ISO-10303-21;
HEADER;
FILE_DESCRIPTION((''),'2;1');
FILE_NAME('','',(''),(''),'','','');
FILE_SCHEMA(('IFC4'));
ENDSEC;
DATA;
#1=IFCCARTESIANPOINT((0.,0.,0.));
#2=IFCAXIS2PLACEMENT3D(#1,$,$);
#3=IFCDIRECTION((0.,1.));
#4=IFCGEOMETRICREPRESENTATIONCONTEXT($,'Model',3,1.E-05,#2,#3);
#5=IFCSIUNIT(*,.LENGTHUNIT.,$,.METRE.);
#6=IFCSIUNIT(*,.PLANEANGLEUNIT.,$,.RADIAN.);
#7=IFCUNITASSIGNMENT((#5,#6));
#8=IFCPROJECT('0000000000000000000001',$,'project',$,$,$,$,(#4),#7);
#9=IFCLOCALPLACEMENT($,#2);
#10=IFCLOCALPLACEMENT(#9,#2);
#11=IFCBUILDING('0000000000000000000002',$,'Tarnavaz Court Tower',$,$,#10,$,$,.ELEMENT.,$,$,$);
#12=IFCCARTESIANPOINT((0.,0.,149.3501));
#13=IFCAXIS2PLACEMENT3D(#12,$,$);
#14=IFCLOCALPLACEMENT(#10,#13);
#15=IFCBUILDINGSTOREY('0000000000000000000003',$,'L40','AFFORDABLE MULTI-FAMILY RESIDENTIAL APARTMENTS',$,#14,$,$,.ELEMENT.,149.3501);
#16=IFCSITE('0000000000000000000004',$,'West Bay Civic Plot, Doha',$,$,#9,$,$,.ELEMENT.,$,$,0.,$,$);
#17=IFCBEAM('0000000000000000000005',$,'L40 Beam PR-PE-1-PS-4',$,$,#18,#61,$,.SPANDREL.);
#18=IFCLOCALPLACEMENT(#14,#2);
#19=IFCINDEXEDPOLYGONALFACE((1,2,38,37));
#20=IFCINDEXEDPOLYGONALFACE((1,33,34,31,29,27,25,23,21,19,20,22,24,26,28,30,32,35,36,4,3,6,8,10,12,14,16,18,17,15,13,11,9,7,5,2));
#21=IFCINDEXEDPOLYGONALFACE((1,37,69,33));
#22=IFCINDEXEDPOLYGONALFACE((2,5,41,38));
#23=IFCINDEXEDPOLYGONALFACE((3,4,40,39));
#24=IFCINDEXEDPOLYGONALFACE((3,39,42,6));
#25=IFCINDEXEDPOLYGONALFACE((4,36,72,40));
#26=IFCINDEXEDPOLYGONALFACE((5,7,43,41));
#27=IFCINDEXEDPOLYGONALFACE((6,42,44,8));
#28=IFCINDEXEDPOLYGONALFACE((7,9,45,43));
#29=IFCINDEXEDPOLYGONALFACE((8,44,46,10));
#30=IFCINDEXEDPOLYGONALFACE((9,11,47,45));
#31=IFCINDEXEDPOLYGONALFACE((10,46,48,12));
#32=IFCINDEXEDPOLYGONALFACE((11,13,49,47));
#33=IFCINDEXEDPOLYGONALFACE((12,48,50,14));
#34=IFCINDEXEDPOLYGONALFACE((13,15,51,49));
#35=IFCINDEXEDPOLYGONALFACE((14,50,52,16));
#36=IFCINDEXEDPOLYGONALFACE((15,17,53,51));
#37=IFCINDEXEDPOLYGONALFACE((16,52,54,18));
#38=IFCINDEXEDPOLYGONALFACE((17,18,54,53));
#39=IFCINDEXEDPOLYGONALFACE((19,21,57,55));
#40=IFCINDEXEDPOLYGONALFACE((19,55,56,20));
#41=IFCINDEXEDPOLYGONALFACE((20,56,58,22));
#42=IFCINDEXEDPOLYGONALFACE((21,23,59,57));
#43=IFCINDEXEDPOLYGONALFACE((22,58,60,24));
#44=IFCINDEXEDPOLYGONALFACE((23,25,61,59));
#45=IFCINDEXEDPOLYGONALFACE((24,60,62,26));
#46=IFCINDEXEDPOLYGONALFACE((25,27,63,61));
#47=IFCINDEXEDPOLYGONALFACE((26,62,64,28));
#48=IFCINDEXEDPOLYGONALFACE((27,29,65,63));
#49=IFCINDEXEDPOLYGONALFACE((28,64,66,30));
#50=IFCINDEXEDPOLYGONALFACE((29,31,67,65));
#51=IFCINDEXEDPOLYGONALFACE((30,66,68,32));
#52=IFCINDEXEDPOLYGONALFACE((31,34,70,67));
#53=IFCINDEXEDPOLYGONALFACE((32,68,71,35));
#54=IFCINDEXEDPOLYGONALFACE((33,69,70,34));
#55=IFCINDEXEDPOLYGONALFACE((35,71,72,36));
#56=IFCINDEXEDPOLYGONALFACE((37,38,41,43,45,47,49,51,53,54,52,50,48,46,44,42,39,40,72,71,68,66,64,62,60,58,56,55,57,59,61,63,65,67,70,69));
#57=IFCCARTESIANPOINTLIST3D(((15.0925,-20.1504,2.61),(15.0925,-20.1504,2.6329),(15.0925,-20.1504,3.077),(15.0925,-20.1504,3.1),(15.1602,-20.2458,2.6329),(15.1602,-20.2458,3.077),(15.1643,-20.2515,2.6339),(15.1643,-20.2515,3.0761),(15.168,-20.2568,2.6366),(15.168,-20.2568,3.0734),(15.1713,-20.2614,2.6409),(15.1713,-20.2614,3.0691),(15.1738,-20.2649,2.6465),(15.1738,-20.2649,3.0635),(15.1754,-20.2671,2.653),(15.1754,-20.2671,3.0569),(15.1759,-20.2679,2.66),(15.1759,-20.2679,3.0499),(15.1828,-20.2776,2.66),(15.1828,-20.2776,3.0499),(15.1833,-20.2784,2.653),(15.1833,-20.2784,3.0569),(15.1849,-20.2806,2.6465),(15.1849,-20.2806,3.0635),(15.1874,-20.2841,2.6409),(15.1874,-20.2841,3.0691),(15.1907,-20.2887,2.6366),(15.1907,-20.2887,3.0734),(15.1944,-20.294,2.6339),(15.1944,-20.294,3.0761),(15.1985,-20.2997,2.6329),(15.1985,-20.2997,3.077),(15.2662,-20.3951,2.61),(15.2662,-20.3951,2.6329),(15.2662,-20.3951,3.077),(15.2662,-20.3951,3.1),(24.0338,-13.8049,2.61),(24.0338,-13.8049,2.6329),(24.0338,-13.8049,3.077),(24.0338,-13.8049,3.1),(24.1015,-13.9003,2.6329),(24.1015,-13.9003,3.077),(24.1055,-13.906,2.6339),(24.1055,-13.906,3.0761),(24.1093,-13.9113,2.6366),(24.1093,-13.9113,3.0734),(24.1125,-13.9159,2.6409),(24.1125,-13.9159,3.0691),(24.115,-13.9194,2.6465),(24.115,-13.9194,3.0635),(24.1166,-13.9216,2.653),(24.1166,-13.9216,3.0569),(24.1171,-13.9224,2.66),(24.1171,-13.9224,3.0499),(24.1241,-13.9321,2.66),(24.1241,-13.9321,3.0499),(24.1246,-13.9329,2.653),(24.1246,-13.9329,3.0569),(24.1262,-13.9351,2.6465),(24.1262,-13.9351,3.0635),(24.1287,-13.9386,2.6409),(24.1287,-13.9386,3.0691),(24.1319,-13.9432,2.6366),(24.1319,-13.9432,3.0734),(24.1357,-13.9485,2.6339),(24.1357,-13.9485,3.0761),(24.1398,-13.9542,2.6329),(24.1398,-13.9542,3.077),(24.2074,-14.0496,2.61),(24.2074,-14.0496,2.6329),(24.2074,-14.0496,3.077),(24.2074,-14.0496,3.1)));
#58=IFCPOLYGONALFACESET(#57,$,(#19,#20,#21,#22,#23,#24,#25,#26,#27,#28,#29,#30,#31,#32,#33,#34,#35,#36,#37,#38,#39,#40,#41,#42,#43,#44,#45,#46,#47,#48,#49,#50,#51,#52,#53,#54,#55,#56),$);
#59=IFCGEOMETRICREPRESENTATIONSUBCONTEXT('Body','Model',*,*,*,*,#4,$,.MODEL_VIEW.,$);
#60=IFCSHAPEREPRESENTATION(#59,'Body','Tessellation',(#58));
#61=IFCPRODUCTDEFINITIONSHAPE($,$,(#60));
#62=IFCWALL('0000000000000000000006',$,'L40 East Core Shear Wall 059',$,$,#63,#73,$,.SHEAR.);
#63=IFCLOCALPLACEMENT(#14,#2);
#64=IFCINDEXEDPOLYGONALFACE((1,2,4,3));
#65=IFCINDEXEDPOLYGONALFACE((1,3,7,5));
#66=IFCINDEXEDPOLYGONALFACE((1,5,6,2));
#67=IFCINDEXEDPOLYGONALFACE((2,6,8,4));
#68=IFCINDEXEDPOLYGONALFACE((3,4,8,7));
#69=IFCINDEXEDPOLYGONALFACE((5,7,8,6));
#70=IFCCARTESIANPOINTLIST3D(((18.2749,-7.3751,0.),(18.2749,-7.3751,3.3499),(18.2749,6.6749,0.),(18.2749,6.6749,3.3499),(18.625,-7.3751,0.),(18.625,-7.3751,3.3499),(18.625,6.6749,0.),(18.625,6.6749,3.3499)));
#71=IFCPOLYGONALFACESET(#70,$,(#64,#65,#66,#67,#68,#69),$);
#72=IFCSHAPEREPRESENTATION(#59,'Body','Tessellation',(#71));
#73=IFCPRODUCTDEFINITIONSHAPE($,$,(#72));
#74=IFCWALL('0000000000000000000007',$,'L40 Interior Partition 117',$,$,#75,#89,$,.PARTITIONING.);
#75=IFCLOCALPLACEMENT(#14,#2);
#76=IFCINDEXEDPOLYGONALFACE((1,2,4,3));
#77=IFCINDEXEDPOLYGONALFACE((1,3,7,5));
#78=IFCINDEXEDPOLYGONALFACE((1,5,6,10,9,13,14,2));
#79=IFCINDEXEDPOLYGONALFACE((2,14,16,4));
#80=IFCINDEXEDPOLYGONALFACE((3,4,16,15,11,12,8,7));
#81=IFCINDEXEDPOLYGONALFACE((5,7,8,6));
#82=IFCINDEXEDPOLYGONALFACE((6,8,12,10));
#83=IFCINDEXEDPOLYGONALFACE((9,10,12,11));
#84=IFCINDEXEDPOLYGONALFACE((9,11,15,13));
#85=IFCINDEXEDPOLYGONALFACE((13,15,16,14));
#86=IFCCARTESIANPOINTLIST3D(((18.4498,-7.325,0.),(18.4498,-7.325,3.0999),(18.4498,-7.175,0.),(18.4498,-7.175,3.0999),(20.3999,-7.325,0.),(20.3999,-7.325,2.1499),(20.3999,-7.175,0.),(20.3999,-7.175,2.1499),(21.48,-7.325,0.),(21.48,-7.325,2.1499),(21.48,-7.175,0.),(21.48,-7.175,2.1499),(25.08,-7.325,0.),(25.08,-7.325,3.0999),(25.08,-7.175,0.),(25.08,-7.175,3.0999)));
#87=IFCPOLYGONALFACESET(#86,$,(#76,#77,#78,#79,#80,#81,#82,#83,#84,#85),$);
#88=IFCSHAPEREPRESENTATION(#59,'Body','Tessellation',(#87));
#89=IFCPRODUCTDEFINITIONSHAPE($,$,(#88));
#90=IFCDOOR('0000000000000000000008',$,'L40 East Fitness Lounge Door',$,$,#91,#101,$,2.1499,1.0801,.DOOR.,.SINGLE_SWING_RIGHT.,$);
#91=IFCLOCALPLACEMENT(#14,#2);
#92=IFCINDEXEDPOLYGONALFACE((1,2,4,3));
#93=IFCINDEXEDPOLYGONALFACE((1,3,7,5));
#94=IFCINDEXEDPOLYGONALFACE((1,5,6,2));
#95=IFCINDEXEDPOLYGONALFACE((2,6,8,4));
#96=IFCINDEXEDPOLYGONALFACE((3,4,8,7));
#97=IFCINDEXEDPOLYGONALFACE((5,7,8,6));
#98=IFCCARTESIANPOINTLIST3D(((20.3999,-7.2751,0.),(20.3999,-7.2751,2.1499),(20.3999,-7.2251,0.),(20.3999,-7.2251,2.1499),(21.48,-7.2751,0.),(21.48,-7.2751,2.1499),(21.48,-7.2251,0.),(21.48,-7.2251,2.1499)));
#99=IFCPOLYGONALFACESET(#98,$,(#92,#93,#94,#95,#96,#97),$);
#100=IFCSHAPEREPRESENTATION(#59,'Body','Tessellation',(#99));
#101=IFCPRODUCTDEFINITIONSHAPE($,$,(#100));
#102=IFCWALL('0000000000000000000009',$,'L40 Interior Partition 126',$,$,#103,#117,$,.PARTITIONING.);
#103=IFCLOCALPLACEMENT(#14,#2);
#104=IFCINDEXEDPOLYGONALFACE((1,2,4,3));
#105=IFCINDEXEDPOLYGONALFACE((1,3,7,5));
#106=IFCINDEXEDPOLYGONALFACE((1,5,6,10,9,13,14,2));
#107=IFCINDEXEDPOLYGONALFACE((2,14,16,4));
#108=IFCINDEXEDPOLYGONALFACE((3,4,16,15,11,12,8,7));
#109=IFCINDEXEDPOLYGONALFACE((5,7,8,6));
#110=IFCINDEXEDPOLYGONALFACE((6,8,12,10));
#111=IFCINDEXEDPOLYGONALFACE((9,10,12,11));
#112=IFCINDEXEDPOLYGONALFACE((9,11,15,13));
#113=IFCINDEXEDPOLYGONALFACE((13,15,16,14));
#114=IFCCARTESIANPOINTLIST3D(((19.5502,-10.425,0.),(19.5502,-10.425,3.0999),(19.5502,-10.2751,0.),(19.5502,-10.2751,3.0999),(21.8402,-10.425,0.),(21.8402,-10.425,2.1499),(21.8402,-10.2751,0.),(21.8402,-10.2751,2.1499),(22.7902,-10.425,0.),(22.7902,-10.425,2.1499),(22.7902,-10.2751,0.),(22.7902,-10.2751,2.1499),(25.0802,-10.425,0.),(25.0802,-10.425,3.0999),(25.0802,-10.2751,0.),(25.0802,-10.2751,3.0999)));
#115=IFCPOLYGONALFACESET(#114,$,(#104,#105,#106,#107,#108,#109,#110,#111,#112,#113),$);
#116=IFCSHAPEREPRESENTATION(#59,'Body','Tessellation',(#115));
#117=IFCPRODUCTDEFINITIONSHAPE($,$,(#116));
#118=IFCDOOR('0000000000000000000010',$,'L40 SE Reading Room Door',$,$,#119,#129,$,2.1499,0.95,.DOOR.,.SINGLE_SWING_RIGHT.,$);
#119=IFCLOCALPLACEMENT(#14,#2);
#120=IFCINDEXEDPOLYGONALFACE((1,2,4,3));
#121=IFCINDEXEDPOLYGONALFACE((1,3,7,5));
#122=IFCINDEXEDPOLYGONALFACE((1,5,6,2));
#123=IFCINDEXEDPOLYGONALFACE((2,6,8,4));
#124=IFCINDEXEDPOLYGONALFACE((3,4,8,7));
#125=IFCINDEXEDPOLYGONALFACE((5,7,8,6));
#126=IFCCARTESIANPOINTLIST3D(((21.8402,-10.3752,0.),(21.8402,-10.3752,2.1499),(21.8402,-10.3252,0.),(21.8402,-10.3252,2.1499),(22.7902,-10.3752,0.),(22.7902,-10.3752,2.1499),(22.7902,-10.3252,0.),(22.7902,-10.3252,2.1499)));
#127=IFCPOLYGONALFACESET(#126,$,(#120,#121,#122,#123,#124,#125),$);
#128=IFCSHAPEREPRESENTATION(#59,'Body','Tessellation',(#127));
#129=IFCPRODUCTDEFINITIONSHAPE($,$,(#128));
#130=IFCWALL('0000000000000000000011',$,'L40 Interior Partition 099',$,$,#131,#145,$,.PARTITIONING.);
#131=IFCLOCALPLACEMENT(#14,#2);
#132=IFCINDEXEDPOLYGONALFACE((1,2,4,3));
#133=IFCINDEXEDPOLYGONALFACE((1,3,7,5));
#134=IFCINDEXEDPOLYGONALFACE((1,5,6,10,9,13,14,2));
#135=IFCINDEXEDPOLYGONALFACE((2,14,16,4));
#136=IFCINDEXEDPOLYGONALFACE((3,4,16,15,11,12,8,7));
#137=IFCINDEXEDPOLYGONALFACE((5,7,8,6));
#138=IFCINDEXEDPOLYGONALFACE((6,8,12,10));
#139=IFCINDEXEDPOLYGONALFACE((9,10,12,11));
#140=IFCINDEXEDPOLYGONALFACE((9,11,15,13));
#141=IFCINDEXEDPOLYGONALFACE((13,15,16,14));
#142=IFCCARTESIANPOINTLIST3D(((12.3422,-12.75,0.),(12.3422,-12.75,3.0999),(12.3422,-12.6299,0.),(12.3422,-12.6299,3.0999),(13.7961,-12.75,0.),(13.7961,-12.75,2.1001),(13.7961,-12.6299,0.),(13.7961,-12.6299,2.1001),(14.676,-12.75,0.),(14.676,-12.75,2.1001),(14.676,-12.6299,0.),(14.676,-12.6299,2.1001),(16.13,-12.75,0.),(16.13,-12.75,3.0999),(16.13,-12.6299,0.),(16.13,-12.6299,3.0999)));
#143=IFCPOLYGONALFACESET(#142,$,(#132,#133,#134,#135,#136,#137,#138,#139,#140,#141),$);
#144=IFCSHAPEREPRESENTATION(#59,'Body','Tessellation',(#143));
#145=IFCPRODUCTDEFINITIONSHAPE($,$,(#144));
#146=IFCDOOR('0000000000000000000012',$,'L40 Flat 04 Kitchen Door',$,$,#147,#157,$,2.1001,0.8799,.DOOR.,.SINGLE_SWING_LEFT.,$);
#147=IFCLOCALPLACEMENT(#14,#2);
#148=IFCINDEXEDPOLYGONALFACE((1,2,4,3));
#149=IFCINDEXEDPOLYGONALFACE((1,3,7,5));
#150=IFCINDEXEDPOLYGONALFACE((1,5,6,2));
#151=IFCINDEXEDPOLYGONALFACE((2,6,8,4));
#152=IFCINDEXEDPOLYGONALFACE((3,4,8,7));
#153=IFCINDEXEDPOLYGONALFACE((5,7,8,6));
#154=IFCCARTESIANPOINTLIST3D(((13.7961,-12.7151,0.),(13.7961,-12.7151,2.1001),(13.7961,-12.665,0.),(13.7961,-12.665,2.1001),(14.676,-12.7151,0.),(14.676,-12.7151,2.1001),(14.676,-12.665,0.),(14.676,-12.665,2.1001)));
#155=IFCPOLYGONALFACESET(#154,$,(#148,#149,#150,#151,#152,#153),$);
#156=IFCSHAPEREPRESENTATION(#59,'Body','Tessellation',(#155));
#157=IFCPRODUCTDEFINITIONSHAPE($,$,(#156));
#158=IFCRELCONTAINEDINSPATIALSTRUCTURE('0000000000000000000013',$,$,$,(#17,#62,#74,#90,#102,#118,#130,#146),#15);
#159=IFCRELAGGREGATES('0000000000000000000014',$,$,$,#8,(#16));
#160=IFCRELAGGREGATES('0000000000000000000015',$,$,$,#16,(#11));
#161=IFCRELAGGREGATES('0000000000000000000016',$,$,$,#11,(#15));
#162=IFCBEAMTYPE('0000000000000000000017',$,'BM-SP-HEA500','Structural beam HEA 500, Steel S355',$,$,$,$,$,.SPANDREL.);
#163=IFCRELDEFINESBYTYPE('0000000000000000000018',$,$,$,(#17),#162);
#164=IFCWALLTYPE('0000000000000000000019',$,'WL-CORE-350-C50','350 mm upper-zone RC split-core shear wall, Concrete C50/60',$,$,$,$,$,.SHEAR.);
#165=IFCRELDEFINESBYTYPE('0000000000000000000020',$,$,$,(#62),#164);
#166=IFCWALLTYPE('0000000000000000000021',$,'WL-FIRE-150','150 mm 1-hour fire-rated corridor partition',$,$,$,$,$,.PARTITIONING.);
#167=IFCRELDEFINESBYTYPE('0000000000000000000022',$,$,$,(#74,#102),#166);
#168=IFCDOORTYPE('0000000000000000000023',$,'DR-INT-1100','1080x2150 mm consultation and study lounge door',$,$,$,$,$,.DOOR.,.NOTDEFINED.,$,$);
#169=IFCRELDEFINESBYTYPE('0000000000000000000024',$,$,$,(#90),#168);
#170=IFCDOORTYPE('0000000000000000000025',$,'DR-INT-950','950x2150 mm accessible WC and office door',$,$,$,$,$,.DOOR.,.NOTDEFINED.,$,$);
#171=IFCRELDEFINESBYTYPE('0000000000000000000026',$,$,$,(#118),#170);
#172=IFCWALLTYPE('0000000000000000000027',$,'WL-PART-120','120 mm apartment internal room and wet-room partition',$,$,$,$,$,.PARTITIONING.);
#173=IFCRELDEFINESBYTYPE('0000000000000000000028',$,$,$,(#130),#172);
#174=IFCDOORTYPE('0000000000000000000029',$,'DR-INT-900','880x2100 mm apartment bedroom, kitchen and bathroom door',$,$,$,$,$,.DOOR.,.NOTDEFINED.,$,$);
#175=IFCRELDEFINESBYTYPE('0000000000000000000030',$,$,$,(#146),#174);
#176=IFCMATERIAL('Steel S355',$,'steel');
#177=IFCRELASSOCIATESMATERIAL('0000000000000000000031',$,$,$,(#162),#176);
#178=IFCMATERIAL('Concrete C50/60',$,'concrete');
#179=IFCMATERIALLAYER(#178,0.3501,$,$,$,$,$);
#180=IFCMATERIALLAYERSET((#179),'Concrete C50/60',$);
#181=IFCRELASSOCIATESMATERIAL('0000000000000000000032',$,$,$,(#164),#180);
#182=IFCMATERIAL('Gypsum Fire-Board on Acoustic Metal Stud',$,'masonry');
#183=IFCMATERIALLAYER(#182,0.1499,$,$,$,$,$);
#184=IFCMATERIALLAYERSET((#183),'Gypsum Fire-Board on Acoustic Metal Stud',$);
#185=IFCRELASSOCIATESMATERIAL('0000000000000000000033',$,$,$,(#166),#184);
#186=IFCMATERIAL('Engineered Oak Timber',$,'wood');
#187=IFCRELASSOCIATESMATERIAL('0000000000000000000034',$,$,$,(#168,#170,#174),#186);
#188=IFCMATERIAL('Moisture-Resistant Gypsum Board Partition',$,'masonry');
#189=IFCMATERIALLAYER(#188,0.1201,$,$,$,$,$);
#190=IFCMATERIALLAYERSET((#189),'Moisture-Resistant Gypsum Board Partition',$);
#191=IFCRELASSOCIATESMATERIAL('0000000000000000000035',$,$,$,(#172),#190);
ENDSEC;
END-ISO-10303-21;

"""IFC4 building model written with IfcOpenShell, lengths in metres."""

from ifc_helpers import new_model, si_unit, direction, frame, frame_2d, origin, origin_2d, place, context, subcontext, project, spatial, rectangle, i_section, extrude, material, layer, layer_set, material_profile, profile_set, type_object, element, fill, save


model = new_model("IFC4")

# Units and contexts
model_context = context("Model", 3, precision=1e-05, world=origin(), true_north=direction((0.0, 1.0)))
body_context = subcontext(model_context, "Body", "Model", "MODEL_VIEW")
ifc_project = project(units=[si_unit("LENGTHUNIT", "METRE"), si_unit("PLANEANGLEUNIT", "RADIAN")], contexts=[model_context])

# Site, building, storey
site_placement = place(None, origin())
site = spatial("IfcSite", under=ifc_project, at=site_placement, Name="West Bay Civic Plot, Doha", CompositionType="ELEMENT", RefElevation=0.0)
building_placement = place(site_placement, origin())
building = spatial("IfcBuilding", under=site, at=building_placement, Name="Tarnavaz Court Tower", CompositionType="ELEMENT")
storey_placement = place(building_placement, frame((0.0, 0.0, 149.3501)))
storey = spatial("IfcBuildingStorey", under=building, at=storey_placement, Name="L40", Description="AFFORDABLE MULTI-FAMILY RESIDENTIAL APARTMENTS", CompositionType="ELEMENT", Elevation=149.3501)

# Shared definitions
ifc_material_1 = material(Name="Concrete C50/60", Category="concrete")

# Beam
ifc_material_2 = material(Name="Steel S355", Category="steel")
ifc_material_profile_1 = material_profile(ifc_material_2, i_section(OverallWidth=0.3, OverallDepth=0.49, WebThickness=0.012, FlangeThickness=0.0229, FilletRadius=0.0271, at=origin_2d()), Name="HEA 500")
ifc_profile_set_1 = profile_set([ifc_material_profile_1], Name="Steel S355")
beam_type_1 = type_object("IfcBeamType", Name="BM-SP-HEA500", Description="Structural beam HEA 500, Steel S355", PredefinedType="SPANDREL", material=ifc_profile_set_1)
beam_1_placement = place(storey_placement, frame((24.1206, -13.9272, 2.855), z_axis=(-0.815502, -0.578754, 0.0), x_axis=(0.578754, -0.815502, 0.0)))
element("IfcBeam", 1, at=beam_1_placement, inside=storey, type_object=beam_type_1, Name="L40 Beam PR-PE-1-PS-4", PredefinedType="SPANDREL", context=body_context, shape_type="SweptSolid", body=[
    extrude(i_section(OverallWidth=0.3, OverallDepth=0.49, WebThickness=0.012, FlangeThickness=0.0229, FilletRadius=0.0271, at=origin_2d()), origin(), (0.0, 0.0, 1.0), 10.9641),
])

# Wall
ifc_layer_1 = layer(ifc_material_1, 0.3501)
ifc_layer_set_1 = layer_set([ifc_layer_1], Name="Concrete C50/60")
wall_type_1 = type_object("IfcWallType", Name="WL-CORE-350-C50", Description="350 mm upper-zone RC split-core shear wall, Concrete C50/60", PredefinedType="SHEAR", material=ifc_layer_set_1)
wall_1_placement = place(storey_placement, frame((18.45, -7.375, 0.0), z_axis=(0.0, 0.0, 1.0), x_axis=(0.0, 1.0, 0.0)))
element("IfcWall", 2, at=wall_1_placement, inside=storey, type_object=wall_type_1, Name="L40 East Core Shear Wall 059", PredefinedType="SHEAR", context=body_context, shape_type="SweptSolid", body=[
    extrude(rectangle(XDim=14.05, YDim=0.3501, at=frame_2d((7.0249, 0.0))), origin(), (0.0, 0.0, 1.0), 3.3499),
])

# Walls, openings, doors
ifc_material_3 = material(Name="Gypsum Fire-Board on Acoustic Metal Stud", Category="masonry")
ifc_layer_2 = layer(ifc_material_3, 0.1499)
ifc_layer_set_2 = layer_set([ifc_layer_2], Name="Gypsum Fire-Board on Acoustic Metal Stud")
wall_type_2 = type_object("IfcWallType", Name="WL-FIRE-150", Description="150 mm 1-hour fire-rated corridor partition", PredefinedType="PARTITIONING", material=ifc_layer_set_2)
wall_2_placement = place(storey_placement, frame((18.45, -7.25, 0.0), z_axis=(0.0, 0.0, 1.0), x_axis=(1.0, 0.0, 0.0)))
wall_2 = element("IfcWall", 3, at=wall_2_placement, inside=storey, type_object=wall_type_2, Name="L40 Interior Partition 117", PredefinedType="PARTITIONING", context=body_context, shape_type="SweptSolid", body=[
    extrude(rectangle(XDim=6.6301, YDim=0.1499, at=frame_2d((3.3149, 0.0))), origin(), (0.0, 0.0, 1.0), 3.0999),
])
opening_1_placement = place(wall_2_placement, frame((1.95, 0.0, 0.0)))
opening_1 = element("IfcOpeningElement", 4, at=opening_1_placement, cuts=wall_2, PredefinedType="OPENING", context=body_context, shape_type="SweptSolid", body=[
    extrude(rectangle(XDim=1.0801, YDim=2.1499, at=frame_2d((0.54, 1.075))), frame((0.0, 0.085, 0.0), z_axis=(0.0, -1.0, 0.0), x_axis=(1.0, 0.0, 0.0)), (0.0, 0.0, 1.0), 0.1699),
])
ifc_material_4 = material(Name="Engineered Oak Timber", Category="wood")
door_type_1 = type_object("IfcDoorType", Name="DR-INT-1100", Description="1080x2150 mm consultation and study lounge door", OperationType="NOTDEFINED", PredefinedType="DOOR", material=ifc_material_4)
door_1_placement = place(opening_1_placement, origin())
door_1 = element("IfcDoor", 5, at=door_1_placement, inside=storey, type_object=door_type_1, Name="L40 East Fitness Lounge Door", OperationType="SINGLE_SWING_RIGHT", OverallHeight=2.1499, OverallWidth=1.0801, PredefinedType="DOOR", context=body_context, shape_type="SweptSolid", body=[
    extrude(rectangle(XDim=1.0801, YDim=2.1499, at=frame_2d((0.54, 1.075))), frame((0.0, 0.0249, 0.0), z_axis=(0.0, -1.0, 0.0), x_axis=(1.0, 0.0, 0.0)), (0.0, 0.0, 1.0), 0.05),
])
fill(opening_1, door_1)
wall_3_placement = place(storey_placement, frame((19.55, -10.3501, 0.0), z_axis=(0.0, 0.0, 1.0), x_axis=(1.0, 0.0, 0.0)))
wall_3 = element("IfcWall", 6, at=wall_3_placement, inside=storey, type_object=wall_type_2, Name="L40 Interior Partition 126", PredefinedType="PARTITIONING", context=body_context, shape_type="SweptSolid", body=[
    extrude(rectangle(XDim=5.53, YDim=0.1499, at=frame_2d((2.7651, 0.0))), origin(), (0.0, 0.0, 1.0), 3.0999),
])
opening_2_placement = place(wall_3_placement, frame((2.29, 0.0, 0.0)))
opening_2 = element("IfcOpeningElement", 7, at=opening_2_placement, cuts=wall_3, PredefinedType="OPENING", context=body_context, shape_type="SweptSolid", body=[
    extrude(rectangle(XDim=0.95, YDim=2.1499, at=frame_2d((0.4751, 1.075))), frame((0.0, 0.085, 0.0), z_axis=(0.0, -1.0, 0.0), x_axis=(1.0, 0.0, 0.0)), (0.0, 0.0, 1.0), 0.1699),
])
door_type_2 = type_object("IfcDoorType", Name="DR-INT-950", Description="950x2150 mm accessible WC and office door", OperationType="NOTDEFINED", PredefinedType="DOOR", material=ifc_material_4)
door_2_placement = place(opening_2_placement, origin())
door_2 = element("IfcDoor", 8, at=door_2_placement, inside=storey, type_object=door_type_2, Name="L40 SE Reading Room Door", OperationType="SINGLE_SWING_RIGHT", OverallHeight=2.1499, OverallWidth=0.95, PredefinedType="DOOR", context=body_context, shape_type="SweptSolid", body=[
    extrude(rectangle(XDim=0.95, YDim=2.1499, at=frame_2d((0.4751, 1.075))), frame((0.0, 0.0249, 0.0), z_axis=(0.0, -1.0, 0.0), x_axis=(1.0, 0.0, 0.0)), (0.0, 0.0, 1.0), 0.05),
])
fill(opening_2, door_2)
ifc_material_5 = material(Name="Moisture-Resistant Gypsum Board Partition", Category="masonry")
ifc_layer_3 = layer(ifc_material_5, 0.1201)
ifc_layer_set_3 = layer_set([ifc_layer_3], Name="Moisture-Resistant Gypsum Board Partition")
wall_type_3 = type_object("IfcWallType", Name="WL-PART-120", Description="120 mm apartment internal room and wet-room partition", PredefinedType="PARTITIONING", material=ifc_layer_set_3)
wall_4_placement = place(storey_placement, frame((12.342, -12.6899, 0.0), z_axis=(0.0, 0.0, 1.0), x_axis=(1.0, 0.0, 0.0)))
wall_4 = element("IfcWall", 9, at=wall_4_placement, inside=storey, type_object=wall_type_3, Name="L40 Interior Partition 099", PredefinedType="PARTITIONING", context=body_context, shape_type="SweptSolid", body=[
    extrude(rectangle(XDim=3.7878, YDim=0.1201, at=frame_2d((1.894, 0.0))), origin(), (0.0, 0.0, 1.0), 3.0999),
])
opening_3_placement = place(wall_4_placement, frame((1.4541, 0.0, 0.0)))
opening_3 = element("IfcOpeningElement", 10, at=opening_3_placement, cuts=wall_4, PredefinedType="OPENING", context=body_context, shape_type="SweptSolid", body=[
    extrude(rectangle(XDim=0.8799, YDim=2.1001, at=frame_2d((0.4399, 1.05))), frame((0.0, 0.0701, 0.0), z_axis=(0.0, -1.0, 0.0), x_axis=(1.0, 0.0, 0.0)), (0.0, 0.0, 1.0), 0.1401),
])
door_type_3 = type_object("IfcDoorType", Name="DR-INT-900", Description="880x2100 mm apartment bedroom, kitchen and bathroom door", OperationType="NOTDEFINED", PredefinedType="DOOR", material=ifc_material_4)
door_3_placement = place(opening_3_placement, origin())
door_3 = element("IfcDoor", 11, at=door_3_placement, inside=storey, type_object=door_type_3, Name="L40 Flat 04 Kitchen Door", OperationType="SINGLE_SWING_LEFT", OverallHeight=2.1001, OverallWidth=0.8799, PredefinedType="DOOR", context=body_context, shape_type="SweptSolid", body=[
    extrude(rectangle(XDim=0.8799, YDim=2.1001, at=frame_2d((0.4399, 1.05))), frame((0.0, 0.0249, 0.0), z_axis=(0.0, -1.0, 0.0), x_axis=(1.0, 0.0, 0.0)), (0.0, 0.0, 1.0), 0.05),
])
fill(opening_3, door_3)

save(model, "model.ifc")
